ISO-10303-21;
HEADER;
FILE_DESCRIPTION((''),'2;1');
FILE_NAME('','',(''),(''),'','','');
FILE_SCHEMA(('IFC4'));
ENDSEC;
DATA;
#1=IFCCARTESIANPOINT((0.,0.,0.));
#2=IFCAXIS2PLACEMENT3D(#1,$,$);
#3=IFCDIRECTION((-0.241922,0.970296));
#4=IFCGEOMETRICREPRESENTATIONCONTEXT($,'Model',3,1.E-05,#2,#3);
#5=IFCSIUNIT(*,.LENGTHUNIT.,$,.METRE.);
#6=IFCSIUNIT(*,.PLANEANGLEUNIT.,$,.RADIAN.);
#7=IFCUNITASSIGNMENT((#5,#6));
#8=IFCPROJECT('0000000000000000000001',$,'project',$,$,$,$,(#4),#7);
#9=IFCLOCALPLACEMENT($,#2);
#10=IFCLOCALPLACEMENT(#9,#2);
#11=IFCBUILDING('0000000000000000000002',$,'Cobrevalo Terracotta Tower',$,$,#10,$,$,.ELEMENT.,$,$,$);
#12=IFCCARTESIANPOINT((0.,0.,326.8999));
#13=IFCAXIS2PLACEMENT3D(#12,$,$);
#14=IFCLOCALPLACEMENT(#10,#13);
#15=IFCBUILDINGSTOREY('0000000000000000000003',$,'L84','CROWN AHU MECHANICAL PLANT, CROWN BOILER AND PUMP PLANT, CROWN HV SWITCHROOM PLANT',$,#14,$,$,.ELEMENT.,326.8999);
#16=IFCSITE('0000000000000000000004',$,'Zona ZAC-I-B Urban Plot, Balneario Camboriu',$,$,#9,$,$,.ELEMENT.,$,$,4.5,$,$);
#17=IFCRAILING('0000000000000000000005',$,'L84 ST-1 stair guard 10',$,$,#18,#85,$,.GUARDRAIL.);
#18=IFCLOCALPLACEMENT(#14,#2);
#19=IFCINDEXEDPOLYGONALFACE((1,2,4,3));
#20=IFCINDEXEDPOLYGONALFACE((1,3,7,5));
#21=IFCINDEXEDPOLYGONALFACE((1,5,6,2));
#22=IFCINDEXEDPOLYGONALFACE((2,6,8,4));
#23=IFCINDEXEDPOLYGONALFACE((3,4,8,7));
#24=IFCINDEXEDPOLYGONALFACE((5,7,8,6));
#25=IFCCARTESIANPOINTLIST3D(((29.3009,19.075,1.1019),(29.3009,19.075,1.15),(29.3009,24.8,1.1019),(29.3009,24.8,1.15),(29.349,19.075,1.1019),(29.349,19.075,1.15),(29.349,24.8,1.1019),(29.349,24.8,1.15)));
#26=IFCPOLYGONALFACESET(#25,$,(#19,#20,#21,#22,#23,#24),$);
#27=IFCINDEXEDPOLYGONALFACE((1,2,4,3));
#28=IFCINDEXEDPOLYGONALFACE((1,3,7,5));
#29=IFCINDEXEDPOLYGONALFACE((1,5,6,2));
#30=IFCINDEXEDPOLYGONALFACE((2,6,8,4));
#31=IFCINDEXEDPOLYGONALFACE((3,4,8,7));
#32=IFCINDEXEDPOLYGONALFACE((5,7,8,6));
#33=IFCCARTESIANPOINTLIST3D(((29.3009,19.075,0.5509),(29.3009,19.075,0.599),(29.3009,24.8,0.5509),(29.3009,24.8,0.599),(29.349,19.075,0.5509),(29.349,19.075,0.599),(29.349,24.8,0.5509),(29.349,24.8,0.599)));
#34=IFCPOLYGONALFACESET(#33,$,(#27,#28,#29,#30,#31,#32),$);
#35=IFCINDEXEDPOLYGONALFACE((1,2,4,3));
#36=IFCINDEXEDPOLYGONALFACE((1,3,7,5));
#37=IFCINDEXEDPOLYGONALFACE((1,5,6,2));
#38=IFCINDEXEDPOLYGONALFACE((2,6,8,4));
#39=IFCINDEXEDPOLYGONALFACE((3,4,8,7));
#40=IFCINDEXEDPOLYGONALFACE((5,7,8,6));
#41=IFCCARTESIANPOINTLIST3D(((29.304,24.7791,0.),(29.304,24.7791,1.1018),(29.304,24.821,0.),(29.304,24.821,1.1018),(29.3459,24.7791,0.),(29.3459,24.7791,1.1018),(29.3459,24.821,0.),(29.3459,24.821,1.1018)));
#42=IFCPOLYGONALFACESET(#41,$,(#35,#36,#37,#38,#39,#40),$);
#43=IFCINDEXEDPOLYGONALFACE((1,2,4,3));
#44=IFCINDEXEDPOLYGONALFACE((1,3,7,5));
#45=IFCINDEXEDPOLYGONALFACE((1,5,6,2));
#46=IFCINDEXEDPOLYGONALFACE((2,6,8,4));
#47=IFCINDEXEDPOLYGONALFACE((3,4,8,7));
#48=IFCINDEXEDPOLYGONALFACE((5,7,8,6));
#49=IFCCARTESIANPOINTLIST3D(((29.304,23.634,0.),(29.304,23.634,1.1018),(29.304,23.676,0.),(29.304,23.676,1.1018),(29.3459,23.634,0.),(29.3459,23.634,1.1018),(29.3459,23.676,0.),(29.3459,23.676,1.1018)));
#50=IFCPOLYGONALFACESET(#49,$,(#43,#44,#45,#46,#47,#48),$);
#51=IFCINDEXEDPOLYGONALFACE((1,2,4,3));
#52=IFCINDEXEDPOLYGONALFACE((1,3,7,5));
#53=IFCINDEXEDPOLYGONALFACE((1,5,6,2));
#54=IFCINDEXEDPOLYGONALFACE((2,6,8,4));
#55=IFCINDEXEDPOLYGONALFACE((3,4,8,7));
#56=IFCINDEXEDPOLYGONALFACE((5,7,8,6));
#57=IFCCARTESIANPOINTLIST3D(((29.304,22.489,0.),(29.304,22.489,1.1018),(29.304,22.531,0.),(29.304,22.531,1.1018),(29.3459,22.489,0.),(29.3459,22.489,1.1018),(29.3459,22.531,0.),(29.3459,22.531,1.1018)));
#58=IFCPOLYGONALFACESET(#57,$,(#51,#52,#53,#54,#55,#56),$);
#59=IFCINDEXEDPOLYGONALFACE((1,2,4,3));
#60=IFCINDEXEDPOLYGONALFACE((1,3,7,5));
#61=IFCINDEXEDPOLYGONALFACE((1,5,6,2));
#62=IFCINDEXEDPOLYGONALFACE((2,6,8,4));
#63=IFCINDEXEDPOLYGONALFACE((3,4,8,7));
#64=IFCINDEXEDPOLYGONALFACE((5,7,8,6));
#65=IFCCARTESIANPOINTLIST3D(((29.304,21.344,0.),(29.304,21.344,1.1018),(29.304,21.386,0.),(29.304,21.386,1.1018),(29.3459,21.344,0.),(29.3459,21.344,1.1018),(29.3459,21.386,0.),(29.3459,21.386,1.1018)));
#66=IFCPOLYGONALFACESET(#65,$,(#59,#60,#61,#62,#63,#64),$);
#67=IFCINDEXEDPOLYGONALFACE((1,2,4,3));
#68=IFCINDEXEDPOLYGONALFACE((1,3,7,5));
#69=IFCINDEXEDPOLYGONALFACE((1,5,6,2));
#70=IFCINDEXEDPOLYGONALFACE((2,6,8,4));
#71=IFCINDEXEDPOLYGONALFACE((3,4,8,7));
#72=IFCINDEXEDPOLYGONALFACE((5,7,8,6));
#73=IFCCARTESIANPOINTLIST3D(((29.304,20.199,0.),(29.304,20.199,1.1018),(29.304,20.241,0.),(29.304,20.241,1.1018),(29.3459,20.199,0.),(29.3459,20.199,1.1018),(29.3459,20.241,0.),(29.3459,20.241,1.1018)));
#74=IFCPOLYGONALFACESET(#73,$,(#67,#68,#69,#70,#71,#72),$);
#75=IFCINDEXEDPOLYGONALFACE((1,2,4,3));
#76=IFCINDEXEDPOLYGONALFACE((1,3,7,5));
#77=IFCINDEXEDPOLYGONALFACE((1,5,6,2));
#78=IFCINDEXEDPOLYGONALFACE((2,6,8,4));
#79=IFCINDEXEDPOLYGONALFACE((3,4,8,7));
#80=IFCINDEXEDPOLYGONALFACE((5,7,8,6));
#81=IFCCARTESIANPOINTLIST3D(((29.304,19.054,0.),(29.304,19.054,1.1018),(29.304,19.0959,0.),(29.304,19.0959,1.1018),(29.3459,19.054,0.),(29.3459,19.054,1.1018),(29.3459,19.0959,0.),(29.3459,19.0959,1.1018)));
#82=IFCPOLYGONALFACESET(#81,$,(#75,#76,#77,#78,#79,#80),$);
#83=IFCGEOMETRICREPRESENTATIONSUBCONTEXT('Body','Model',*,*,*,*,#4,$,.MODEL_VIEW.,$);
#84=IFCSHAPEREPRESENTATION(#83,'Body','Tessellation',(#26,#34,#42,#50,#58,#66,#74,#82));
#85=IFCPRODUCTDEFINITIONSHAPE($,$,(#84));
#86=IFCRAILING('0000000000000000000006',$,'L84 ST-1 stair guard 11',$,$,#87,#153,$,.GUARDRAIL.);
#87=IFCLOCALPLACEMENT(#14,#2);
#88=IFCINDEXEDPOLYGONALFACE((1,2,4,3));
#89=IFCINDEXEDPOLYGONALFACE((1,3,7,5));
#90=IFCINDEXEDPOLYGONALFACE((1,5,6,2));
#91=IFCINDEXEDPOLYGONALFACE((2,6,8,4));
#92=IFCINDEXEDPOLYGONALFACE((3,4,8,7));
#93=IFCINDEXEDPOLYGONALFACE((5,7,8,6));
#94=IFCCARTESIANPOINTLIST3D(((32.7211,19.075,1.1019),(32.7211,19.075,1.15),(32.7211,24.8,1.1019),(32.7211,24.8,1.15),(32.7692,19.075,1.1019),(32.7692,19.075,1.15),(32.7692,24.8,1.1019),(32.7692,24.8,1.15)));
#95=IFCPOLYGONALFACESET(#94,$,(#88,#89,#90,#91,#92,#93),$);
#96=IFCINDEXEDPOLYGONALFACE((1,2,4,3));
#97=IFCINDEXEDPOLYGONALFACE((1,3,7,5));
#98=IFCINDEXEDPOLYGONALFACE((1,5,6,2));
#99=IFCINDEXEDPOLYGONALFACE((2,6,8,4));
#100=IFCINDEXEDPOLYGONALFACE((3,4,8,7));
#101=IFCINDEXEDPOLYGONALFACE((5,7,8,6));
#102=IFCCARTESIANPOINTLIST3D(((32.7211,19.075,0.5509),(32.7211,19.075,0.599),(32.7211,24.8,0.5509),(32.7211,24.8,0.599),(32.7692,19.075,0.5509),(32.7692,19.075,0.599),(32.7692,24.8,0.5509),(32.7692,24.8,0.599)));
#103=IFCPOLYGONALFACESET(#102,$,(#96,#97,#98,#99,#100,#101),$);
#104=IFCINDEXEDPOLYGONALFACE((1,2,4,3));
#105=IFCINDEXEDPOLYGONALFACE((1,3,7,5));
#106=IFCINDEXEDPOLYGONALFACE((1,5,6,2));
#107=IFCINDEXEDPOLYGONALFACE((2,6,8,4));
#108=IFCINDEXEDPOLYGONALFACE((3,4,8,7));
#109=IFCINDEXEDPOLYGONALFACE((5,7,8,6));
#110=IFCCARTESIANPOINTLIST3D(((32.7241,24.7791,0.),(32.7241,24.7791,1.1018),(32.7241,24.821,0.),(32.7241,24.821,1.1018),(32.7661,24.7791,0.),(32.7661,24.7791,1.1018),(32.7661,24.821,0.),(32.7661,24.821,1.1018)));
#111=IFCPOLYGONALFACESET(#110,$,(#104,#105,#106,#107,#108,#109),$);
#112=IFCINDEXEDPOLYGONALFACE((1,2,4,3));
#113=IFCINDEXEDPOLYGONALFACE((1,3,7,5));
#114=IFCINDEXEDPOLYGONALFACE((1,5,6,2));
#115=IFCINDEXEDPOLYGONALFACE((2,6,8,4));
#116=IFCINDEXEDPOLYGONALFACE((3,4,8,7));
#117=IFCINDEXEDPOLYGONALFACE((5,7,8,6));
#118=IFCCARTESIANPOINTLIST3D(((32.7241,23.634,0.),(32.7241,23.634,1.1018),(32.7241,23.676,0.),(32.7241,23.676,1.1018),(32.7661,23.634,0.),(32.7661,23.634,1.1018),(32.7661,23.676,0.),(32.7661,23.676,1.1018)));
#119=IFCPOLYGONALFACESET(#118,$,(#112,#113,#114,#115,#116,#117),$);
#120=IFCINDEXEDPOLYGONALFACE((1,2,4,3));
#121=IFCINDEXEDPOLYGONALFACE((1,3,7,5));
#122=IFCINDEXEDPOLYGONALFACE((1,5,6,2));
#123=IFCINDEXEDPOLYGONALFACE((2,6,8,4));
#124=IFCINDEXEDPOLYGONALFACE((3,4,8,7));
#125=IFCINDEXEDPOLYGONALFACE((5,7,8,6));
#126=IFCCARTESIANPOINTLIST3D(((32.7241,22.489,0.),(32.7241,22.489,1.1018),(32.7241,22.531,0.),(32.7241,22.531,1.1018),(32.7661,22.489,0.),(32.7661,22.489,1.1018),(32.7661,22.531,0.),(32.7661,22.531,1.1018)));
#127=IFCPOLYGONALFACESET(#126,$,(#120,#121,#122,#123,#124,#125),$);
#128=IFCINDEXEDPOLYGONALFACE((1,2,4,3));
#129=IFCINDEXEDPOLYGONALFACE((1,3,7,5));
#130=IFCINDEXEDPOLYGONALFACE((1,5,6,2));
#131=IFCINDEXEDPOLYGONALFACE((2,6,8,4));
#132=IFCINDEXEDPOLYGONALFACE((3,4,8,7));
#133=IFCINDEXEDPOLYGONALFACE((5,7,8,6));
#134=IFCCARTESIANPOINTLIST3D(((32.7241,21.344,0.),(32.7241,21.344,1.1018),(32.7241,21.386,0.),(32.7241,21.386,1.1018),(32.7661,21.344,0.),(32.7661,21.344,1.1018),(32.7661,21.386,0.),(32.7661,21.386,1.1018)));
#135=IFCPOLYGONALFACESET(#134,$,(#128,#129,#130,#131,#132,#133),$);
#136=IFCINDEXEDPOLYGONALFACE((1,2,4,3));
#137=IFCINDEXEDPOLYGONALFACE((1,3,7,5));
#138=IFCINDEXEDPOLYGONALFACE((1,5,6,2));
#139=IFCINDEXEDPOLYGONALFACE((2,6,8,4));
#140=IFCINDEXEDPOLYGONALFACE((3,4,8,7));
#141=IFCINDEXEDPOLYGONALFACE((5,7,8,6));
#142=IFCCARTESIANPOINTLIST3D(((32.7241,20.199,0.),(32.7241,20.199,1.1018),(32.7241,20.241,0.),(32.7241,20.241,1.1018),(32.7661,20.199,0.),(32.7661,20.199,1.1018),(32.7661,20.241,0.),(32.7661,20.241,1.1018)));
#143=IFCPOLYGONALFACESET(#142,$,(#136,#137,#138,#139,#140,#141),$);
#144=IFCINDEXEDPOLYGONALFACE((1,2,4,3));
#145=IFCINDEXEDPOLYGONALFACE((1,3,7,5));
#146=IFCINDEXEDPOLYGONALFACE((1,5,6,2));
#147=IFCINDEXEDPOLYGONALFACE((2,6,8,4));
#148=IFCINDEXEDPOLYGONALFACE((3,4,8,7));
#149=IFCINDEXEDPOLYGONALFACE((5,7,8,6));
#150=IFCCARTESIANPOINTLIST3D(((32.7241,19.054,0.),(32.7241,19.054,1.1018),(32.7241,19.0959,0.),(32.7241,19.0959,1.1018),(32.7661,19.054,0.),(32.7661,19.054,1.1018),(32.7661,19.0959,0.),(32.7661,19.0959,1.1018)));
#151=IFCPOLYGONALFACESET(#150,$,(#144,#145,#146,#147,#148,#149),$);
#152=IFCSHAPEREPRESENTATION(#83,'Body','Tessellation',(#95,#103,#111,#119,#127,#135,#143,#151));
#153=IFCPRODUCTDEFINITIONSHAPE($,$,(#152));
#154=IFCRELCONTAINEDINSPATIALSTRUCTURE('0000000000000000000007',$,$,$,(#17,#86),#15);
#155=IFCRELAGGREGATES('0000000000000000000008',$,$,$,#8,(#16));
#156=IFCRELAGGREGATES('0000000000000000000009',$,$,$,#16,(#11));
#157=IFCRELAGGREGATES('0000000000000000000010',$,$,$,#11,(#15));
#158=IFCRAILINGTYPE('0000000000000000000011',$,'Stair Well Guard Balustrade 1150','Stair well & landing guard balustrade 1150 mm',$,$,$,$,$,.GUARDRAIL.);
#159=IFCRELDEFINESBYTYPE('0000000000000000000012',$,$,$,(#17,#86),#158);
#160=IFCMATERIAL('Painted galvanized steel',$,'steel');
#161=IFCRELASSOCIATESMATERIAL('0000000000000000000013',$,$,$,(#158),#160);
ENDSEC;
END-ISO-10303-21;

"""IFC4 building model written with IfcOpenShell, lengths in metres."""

from ifc_helpers import new_model, si_unit, direction, frame, origin, origin_2d, place, context, subcontext, project, spatial, rectangle, extrude, material, type_object, element, save


model = new_model("IFC4")

# Units and contexts
model_context = context("Model", 3, precision=1e-05, world=origin(), true_north=direction((-0.241922, 0.970296)))
body_context = subcontext(model_context, "Body", "Model", "MODEL_VIEW")
ifc_project = project(units=[si_unit("LENGTHUNIT", "METRE"), si_unit("PLANEANGLEUNIT", "RADIAN")], contexts=[model_context])

# Site, building, storey
site_placement = place(None, origin())
site = spatial("IfcSite", under=ifc_project, at=site_placement, Name="Zona ZAC-I-B Urban Plot, Balneario Camboriu", CompositionType="ELEMENT", RefElevation=4.5)
building_placement = place(site_placement, origin())
building = spatial("IfcBuilding", under=site, at=building_placement, Name="Cobrevalo Terracotta Tower", CompositionType="ELEMENT")
storey_placement = place(building_placement, frame((0.0, 0.0, 326.8999)))
storey = spatial("IfcBuildingStorey", under=building, at=storey_placement, Name="L84", Description="CROWN AHU MECHANICAL PLANT, CROWN BOILER AND PUMP PLANT, CROWN HV SWITCHROOM PLANT", CompositionType="ELEMENT", Elevation=326.8999)

# Railings
ifc_material_1 = material(Name="Painted galvanized steel", Category="steel")
railing_type = type_object("IfcRailingType", Name="Stair Well Guard Balustrade 1150", Description="Stair well & landing guard balustrade 1150 mm", PredefinedType="GUARDRAIL", material=ifc_material_1)
for number, where, name in (
    (1, (29.325, 24.8, 0.0), "L84 ST-1 stair guard 10"),
    (2, (32.7451, 24.8, 0.0), "L84 ST-1 stair guard 11"),
):
    element("IfcRailing", number, at=place(storey_placement, frame(where)), inside=storey, type_object=railing_type, Name=name, PredefinedType="GUARDRAIL", context=body_context, shape_type="SweptSolid", body=[
        extrude(rectangle(XDim=0.0481, YDim=0.0481, at=origin_2d()), frame((0.0, 0.0, 1.126), z_axis=(0.0, -1.0, 0.0), x_axis=(1.0, 0.0, 0.0)), (0.0, 0.0, 1.0), 5.7251),
        extrude(rectangle(XDim=0.0481, YDim=0.0481, at=origin_2d()), frame((0.0, 0.0, 0.575), z_axis=(0.0, -1.0, 0.0), x_axis=(1.0, 0.0, 0.0)), (0.0, 0.0, 1.0), 5.7251),
        extrude(rectangle(XDim=0.042, YDim=0.042, at=origin_2d()), origin(), (0.0, 0.0, 1.0), 1.1018),
        extrude(rectangle(XDim=0.042, YDim=0.042, at=origin_2d()), frame((0.0, -1.145, 0.0)), (0.0, 0.0, 1.0), 1.1018),
        extrude(rectangle(XDim=0.042, YDim=0.042, at=origin_2d()), frame((0.0, -2.29, 0.0)), (0.0, 0.0, 1.0), 1.1018),
        extrude(rectangle(XDim=0.042, YDim=0.042, at=origin_2d()), frame((0.0, -3.4351, 0.0)), (0.0, 0.0, 1.0), 1.1018),
        extrude(rectangle(XDim=0.042, YDim=0.042, at=origin_2d()), frame((0.0, -4.5801, 0.0)), (0.0, 0.0, 1.0), 1.1018),
        extrude(rectangle(XDim=0.042, YDim=0.042, at=origin_2d()), frame((0.0, -5.7251, 0.0)), (0.0, 0.0, 1.0), 1.1018),
    ])

save(model, "model.ifc")
